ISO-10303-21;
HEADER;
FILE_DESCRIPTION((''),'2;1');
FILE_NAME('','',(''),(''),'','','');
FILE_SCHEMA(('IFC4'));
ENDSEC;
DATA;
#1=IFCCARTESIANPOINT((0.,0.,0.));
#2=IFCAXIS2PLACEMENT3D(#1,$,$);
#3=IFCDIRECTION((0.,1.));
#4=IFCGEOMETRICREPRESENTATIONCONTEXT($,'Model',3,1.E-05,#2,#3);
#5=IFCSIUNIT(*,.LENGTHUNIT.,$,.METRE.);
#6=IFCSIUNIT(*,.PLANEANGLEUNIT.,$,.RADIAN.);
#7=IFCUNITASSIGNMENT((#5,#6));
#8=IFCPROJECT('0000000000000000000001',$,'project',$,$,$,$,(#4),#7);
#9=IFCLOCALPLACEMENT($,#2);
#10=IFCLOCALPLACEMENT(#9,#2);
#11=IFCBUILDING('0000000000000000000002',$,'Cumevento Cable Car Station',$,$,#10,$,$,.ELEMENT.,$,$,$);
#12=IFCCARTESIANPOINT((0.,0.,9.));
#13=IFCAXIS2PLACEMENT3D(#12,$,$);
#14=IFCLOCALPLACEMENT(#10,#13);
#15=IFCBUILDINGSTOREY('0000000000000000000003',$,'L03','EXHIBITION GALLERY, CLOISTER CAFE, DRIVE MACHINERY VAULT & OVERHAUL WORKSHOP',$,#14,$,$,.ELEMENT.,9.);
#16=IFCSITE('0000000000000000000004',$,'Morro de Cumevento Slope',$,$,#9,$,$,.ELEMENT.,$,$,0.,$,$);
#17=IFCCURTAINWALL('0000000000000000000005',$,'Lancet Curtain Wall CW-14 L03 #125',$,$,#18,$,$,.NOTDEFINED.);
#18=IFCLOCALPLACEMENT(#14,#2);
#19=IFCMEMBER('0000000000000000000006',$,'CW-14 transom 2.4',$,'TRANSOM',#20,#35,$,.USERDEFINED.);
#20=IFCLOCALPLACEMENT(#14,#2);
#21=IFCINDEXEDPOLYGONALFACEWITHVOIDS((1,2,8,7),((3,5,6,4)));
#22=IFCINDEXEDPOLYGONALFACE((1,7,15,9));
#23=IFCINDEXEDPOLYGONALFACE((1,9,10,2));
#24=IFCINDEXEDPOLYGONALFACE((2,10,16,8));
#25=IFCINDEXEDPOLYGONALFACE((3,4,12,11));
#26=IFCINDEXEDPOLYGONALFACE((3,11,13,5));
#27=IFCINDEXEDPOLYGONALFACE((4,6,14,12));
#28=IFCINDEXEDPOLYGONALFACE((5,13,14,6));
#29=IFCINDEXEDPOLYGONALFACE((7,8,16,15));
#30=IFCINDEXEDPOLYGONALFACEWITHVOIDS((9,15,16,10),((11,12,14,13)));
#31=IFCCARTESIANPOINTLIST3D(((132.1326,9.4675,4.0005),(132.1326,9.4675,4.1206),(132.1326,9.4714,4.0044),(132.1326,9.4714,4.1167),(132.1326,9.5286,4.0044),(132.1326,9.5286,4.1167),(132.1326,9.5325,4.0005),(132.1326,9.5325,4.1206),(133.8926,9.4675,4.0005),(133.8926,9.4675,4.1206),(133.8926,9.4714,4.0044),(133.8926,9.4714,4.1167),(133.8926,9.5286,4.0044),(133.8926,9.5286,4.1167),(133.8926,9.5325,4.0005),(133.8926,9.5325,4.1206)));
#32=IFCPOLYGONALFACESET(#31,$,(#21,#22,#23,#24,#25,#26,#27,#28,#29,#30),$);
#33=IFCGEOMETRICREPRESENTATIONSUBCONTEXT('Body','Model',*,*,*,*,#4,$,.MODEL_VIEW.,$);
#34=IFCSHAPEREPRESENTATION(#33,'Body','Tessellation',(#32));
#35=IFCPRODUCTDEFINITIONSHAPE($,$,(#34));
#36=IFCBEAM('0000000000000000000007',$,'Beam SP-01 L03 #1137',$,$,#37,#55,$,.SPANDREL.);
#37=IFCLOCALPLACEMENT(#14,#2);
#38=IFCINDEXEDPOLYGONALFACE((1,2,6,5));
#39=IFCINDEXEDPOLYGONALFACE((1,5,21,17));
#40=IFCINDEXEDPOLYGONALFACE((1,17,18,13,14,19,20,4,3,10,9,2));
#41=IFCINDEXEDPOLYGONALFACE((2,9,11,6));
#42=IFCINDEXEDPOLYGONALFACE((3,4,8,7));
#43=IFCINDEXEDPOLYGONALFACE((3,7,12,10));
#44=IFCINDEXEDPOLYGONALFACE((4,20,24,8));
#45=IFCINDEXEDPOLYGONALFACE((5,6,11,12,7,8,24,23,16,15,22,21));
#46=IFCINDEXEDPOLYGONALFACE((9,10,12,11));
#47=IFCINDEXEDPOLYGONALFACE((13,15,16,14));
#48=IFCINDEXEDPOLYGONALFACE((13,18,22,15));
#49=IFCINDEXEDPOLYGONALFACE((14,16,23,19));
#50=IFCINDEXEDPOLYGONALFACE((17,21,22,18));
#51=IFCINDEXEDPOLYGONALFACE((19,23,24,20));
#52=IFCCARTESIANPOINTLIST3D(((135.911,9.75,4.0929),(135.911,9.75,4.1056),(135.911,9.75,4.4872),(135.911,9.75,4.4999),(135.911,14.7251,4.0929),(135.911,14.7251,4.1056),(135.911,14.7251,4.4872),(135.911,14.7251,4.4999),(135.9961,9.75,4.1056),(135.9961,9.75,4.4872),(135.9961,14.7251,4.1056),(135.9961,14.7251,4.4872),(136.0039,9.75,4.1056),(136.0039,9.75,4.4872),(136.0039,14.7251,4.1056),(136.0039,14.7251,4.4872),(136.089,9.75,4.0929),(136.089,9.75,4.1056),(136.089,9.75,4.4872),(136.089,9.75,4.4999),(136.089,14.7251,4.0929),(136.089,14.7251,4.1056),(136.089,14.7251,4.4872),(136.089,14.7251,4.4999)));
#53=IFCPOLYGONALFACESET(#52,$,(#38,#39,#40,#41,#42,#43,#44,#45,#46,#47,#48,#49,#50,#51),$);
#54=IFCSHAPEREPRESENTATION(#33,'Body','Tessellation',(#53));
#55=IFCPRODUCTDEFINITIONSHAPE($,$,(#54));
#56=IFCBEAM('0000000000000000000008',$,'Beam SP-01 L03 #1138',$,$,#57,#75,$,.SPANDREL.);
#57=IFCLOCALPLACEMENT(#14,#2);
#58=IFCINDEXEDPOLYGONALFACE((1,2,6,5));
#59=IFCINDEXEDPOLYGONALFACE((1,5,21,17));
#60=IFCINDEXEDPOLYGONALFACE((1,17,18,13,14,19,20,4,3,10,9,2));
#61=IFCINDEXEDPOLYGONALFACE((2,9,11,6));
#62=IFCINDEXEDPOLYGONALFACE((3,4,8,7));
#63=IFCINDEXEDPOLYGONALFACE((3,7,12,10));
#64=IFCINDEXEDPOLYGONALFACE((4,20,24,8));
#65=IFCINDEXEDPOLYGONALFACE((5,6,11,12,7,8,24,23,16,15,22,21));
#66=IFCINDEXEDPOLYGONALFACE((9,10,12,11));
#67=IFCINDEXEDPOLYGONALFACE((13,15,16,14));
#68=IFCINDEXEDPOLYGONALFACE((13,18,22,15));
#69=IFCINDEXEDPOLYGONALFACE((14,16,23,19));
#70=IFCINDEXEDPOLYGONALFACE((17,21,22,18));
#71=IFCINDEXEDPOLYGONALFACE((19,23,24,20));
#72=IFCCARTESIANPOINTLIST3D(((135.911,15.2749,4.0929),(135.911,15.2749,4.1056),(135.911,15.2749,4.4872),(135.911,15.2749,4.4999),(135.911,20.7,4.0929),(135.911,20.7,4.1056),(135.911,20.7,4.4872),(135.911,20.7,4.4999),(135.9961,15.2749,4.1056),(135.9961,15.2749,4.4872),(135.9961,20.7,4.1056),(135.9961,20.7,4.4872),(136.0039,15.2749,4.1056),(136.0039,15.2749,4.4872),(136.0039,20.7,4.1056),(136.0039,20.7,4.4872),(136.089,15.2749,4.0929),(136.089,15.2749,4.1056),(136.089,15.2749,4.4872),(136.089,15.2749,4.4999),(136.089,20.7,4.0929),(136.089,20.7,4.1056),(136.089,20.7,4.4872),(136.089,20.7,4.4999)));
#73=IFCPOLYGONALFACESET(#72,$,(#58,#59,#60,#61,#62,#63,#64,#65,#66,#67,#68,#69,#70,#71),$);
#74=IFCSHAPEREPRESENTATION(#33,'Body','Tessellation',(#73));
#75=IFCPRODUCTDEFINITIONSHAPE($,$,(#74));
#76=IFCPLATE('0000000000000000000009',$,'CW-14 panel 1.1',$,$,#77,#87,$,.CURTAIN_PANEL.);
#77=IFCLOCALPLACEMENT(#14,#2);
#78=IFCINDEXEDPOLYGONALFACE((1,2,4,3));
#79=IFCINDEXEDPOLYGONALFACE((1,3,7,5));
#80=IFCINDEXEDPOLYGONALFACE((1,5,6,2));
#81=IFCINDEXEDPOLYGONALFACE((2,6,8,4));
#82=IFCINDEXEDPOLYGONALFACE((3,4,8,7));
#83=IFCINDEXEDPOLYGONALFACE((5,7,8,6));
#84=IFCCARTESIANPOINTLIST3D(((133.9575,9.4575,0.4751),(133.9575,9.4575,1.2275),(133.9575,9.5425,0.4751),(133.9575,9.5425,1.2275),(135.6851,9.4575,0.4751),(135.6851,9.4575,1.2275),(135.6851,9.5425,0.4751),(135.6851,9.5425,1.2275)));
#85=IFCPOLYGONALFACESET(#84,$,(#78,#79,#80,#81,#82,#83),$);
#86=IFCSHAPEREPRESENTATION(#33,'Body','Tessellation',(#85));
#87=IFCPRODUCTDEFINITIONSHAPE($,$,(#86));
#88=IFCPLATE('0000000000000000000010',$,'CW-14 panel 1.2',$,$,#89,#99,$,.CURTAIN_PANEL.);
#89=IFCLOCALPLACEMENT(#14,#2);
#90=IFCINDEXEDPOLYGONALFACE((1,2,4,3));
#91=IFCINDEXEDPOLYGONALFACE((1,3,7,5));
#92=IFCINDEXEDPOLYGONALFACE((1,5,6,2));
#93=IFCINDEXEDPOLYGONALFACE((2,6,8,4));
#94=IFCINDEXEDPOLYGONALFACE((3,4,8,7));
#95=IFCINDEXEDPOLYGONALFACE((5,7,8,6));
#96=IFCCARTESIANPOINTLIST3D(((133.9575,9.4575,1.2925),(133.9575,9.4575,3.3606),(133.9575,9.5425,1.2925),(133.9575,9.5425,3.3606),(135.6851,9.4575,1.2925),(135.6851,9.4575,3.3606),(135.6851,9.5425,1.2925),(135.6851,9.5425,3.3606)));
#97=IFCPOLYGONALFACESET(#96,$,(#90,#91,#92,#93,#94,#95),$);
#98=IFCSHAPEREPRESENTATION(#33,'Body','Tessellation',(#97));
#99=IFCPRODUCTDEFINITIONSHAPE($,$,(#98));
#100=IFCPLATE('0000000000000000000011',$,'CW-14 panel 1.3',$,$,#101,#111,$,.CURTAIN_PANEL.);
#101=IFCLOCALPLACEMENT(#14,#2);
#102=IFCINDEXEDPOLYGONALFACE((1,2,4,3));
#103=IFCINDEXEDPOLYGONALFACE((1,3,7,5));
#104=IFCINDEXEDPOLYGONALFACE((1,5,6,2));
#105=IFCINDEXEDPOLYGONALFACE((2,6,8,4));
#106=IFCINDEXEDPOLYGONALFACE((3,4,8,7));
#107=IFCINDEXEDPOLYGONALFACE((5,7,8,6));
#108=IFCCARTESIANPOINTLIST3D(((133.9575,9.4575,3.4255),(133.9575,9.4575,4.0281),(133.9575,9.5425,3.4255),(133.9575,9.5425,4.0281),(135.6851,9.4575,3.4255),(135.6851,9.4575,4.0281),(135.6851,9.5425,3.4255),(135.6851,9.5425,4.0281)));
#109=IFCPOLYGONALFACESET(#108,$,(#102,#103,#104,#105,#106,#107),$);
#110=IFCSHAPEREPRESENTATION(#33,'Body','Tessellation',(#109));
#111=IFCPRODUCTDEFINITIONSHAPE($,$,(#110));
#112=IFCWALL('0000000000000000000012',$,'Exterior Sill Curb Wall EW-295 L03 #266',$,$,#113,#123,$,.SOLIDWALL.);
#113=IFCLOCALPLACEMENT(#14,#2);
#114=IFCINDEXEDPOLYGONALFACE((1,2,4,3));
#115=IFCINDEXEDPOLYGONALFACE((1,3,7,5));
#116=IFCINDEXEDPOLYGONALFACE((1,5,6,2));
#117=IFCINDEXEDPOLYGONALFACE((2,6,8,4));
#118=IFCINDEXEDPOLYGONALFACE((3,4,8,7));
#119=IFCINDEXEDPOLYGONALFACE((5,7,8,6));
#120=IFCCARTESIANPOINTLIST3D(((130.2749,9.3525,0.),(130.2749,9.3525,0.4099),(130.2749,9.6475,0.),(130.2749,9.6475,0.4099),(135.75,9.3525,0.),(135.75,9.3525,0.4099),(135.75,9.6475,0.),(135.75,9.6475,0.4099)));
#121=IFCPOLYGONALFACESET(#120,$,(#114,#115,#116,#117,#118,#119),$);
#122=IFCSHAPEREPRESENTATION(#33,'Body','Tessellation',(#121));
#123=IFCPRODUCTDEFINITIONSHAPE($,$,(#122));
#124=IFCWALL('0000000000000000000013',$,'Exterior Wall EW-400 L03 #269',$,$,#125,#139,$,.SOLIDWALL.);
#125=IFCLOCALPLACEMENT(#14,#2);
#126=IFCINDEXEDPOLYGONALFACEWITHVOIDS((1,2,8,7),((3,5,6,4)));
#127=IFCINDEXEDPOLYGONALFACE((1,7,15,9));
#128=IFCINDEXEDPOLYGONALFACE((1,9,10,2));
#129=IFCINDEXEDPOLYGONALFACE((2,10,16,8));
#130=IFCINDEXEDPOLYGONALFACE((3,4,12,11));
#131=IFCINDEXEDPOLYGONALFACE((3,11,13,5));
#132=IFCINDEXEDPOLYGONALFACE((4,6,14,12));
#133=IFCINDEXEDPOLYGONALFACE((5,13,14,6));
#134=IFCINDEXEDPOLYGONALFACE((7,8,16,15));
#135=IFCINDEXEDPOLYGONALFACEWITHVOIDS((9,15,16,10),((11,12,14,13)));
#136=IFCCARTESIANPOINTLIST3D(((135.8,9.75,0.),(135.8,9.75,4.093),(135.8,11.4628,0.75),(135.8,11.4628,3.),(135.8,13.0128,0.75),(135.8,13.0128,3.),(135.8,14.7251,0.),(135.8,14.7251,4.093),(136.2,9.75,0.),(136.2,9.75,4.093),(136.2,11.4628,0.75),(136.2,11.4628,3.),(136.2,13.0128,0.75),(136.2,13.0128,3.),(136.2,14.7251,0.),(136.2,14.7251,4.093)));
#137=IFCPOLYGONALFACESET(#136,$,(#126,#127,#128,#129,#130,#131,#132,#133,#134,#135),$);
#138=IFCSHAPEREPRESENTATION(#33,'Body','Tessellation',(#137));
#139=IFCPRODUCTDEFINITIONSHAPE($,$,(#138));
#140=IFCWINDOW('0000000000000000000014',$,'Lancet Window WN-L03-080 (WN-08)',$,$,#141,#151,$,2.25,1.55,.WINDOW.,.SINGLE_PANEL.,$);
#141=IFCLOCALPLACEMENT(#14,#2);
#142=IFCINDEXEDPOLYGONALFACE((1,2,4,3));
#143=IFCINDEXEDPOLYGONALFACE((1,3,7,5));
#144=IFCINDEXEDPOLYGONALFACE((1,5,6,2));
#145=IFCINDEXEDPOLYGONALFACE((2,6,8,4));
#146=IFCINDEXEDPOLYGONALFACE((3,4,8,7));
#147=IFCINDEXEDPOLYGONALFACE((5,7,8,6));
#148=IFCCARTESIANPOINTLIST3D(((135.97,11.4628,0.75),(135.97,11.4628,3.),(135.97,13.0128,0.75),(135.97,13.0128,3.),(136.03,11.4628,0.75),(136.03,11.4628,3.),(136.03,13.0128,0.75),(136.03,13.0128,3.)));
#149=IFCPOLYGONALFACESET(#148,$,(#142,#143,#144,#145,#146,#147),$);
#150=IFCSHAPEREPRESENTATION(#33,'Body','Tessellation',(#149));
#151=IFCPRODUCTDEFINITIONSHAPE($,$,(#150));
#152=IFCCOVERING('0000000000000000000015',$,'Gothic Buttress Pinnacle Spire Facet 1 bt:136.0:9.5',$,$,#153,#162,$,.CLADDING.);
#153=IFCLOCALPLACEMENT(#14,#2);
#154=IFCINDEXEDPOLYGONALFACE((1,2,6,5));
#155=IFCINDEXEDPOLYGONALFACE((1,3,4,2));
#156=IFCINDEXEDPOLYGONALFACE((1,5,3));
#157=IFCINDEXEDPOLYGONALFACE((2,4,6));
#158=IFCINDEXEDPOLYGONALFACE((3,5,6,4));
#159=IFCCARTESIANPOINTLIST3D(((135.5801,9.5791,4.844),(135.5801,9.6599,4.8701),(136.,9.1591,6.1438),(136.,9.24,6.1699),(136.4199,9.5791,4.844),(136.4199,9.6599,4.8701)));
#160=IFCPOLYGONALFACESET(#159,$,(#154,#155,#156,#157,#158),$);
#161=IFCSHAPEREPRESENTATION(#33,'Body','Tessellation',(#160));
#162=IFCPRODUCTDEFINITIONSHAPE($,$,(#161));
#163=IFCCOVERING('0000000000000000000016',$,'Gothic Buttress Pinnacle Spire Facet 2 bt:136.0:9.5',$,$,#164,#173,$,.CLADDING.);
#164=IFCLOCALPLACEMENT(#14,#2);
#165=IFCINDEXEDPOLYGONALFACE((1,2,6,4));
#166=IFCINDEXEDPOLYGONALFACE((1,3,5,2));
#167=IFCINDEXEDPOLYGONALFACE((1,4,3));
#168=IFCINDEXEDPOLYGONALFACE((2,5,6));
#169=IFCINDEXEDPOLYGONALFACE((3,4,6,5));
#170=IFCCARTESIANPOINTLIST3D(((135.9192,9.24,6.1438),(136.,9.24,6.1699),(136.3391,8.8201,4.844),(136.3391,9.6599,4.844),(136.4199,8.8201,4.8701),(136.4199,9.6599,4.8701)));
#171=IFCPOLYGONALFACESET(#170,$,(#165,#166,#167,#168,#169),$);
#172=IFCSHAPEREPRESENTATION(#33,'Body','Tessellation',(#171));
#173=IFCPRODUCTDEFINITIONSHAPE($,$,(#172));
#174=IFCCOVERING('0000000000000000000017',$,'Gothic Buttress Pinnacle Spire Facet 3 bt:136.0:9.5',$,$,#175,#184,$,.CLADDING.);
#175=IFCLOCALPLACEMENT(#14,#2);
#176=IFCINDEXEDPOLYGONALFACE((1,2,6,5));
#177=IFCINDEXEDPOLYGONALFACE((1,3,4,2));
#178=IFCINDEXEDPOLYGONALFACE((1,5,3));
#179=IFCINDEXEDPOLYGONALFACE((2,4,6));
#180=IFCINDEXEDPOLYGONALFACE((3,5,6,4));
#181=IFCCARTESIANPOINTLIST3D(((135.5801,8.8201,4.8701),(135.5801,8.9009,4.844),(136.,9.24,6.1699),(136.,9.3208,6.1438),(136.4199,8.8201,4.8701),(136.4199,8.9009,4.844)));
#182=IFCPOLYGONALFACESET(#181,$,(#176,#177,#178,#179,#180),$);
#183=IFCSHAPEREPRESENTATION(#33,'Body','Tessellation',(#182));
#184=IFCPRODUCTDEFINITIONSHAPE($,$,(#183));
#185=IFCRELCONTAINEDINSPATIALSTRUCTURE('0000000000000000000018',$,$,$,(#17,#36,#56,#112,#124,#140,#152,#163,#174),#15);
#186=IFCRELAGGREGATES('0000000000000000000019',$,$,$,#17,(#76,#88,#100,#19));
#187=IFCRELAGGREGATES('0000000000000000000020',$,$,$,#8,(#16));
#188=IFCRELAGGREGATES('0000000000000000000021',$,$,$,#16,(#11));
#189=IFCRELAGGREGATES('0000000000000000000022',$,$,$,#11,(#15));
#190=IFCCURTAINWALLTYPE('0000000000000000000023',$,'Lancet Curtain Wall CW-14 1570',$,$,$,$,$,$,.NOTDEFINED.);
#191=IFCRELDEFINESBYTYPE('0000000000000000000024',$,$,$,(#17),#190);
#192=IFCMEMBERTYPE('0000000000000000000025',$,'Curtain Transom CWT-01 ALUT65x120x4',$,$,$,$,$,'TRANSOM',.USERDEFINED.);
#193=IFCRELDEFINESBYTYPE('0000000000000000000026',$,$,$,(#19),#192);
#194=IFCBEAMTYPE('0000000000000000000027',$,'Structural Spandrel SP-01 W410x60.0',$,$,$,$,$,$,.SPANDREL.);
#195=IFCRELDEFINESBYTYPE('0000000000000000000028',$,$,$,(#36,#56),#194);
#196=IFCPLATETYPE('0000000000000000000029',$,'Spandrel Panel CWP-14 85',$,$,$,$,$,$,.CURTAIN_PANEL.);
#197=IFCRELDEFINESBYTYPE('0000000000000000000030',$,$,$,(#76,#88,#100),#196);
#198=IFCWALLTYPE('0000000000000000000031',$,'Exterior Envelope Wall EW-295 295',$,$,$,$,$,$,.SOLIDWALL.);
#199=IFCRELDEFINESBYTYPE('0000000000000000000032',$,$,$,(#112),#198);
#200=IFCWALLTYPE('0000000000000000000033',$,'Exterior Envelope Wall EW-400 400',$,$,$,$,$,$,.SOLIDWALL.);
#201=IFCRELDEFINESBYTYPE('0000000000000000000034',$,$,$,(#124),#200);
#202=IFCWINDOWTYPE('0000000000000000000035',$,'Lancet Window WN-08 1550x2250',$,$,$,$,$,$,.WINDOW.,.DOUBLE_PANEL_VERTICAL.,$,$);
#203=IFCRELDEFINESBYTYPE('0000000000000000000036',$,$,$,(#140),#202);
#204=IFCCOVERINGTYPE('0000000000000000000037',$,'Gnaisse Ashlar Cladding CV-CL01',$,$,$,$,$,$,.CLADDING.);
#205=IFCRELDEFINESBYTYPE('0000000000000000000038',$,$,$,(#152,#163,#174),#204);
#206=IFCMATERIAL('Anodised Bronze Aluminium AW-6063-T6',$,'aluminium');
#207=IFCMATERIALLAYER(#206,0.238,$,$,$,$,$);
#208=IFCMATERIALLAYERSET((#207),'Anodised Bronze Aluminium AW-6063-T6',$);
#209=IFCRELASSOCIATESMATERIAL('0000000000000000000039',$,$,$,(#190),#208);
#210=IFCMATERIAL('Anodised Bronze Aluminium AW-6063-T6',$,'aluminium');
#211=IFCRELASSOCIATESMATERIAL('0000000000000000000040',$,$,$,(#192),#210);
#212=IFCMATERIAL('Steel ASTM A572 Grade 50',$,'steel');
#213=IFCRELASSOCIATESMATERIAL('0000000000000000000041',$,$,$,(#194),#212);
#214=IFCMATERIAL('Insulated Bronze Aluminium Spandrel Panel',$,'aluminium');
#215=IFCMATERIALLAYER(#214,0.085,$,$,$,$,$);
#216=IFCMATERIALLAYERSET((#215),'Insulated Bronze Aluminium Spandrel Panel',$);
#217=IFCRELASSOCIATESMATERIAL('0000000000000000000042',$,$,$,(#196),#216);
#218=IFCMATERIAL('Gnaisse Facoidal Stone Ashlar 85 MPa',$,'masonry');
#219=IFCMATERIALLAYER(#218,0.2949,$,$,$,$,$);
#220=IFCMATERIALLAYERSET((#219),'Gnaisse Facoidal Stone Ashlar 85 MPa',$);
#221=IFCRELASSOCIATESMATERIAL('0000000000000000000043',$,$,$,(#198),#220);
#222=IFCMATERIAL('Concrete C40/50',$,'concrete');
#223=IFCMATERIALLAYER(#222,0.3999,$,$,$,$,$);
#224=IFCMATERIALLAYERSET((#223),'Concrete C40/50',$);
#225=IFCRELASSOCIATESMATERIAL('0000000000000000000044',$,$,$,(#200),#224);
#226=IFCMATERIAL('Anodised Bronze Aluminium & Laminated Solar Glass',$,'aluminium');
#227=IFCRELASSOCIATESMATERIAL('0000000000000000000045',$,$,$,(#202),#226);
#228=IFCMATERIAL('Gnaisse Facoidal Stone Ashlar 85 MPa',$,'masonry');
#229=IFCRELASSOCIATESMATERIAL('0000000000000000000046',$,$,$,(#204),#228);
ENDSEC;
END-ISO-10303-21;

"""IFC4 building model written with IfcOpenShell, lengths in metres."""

from ifc_helpers import new_model, si_unit, direction, frame, frame_2d, origin, origin_2d, place, context, subcontext, project, spatial, polyline, rectangle, hollow_rectangle, i_section, outline, extrude, material, layer, layer_set, material_profile, profile_set, type_object, element, fill, aggregate, save


model = new_model("IFC4")

# Units and contexts
model_context = context("Model", 3, precision=1e-05, world=origin(), true_north=direction((0.0, 1.0)))
body_context = subcontext(model_context, "Body", "Model", "MODEL_VIEW")
ifc_project = project(units=[si_unit("LENGTHUNIT", "METRE"), si_unit("PLANEANGLEUNIT", "RADIAN")], contexts=[model_context])

# Site, building, storey
site_placement = place(None, origin())
site = spatial("IfcSite", under=ifc_project, at=site_placement, Name="Morro de Cumevento Slope", CompositionType="ELEMENT", RefElevation=0.0)
building_placement = place(site_placement, origin())
building = spatial("IfcBuilding", under=site, at=building_placement, Name="Cumevento Cable Car Station", CompositionType="ELEMENT")
storey_placement = place(building_placement, frame((0.0, 0.0, 9.0)))
storey = spatial("IfcBuildingStorey", under=building, at=storey_placement, Name="L03", Description="EXHIBITION GALLERY, CLOISTER CAFE, DRIVE MACHINERY VAULT & OVERHAUL WORKSHOP", CompositionType="ELEMENT", Elevation=9.0)

# Curtain wall, member
ifc_material_1 = material(Name="Anodised Bronze Aluminium AW-6063-T6", Category="aluminium")
ifc_layer_1 = layer(ifc_material_1, 0.238)
ifc_layer_set_1 = layer_set([ifc_layer_1], Name="Anodised Bronze Aluminium AW-6063-T6")
curtain_wall_type = type_object("IfcCurtainWallType", Name="Lancet Curtain Wall CW-14 1570", PredefinedType="NOTDEFINED", material=ifc_layer_set_1)
curtain_wall_placement = place(storey_placement, origin())
curtain_wall = element("IfcCurtainWall", 1, at=curtain_wall_placement, inside=storey, type_object=curtain_wall_type, Name="Lancet Curtain Wall CW-14 L03 #125", PredefinedType="NOTDEFINED")
ifc_material_2 = material(Name="Anodised Bronze Aluminium AW-6063-T6", Category="aluminium")
ifc_material_profile_1 = material_profile(ifc_material_2, hollow_rectangle(XDim=0.0649, YDim=0.1201, WallThickness=0.0039, at=origin_2d()), Name="ALUT65x120x4")
ifc_profile_set_1 = profile_set([ifc_material_profile_1], Name="Anodised Bronze Aluminium AW-6063-T6")
member_type_1 = type_object("IfcMemberType", Name="Curtain Transom CWT-01 ALUT65x120x4", ElementType="TRANSOM", PredefinedType="USERDEFINED", material=ifc_profile_set_1)
member_1_placement = place(storey_placement, frame((133.8926, 9.5, 4.0605), z_axis=(-1.0, 0.0, 0.0), x_axis=(0.0, -1.0, 0.0)))
member_1 = element("IfcMember", 2, at=member_1_placement, type_object=member_type_1, Name="CW-14 transom 2.4", ObjectType="TRANSOM", PredefinedType="USERDEFINED", context=body_context, shape_type="SweptSolid", body=[
    extrude(hollow_rectangle(XDim=0.0649, YDim=0.1201, WallThickness=0.0039, at=origin_2d()), origin(), (0.0, 0.0, 1.0), 1.76),
])

# Beams
ifc_material_3 = material(Name="Steel ASTM A572 Grade 50", Category="steel")
ifc_material_profile_2 = material_profile(ifc_material_3, i_section(OverallWidth=0.178, OverallDepth=0.407, WebThickness=0.0078, FlangeThickness=0.0127, at=origin_2d()), Name="W410x60.0")
ifc_profile_set_2 = profile_set([ifc_material_profile_2], Name="Steel ASTM A572 Grade 50")
beam_type = type_object("IfcBeamType", Name="Structural Spandrel SP-01 W410x60.0", PredefinedType="SPANDREL", material=ifc_profile_set_2)
beam_1_placement = place(storey_placement, frame((136.0, 9.75, 4.2964), z_axis=(0.0, 1.0, 0.0), x_axis=(-1.0, 0.0, 0.0)))
element("IfcBeam", 3, at=beam_1_placement, inside=storey, type_object=beam_type, Name="Beam SP-01 L03 #1137", PredefinedType="SPANDREL", context=body_context, shape_type="SweptSolid", body=[
    extrude(i_section(OverallWidth=0.178, OverallDepth=0.407, WebThickness=0.0078, FlangeThickness=0.0127, at=origin_2d()), origin(), (0.0, 0.0, 1.0), 4.9751),
])
beam_2_placement = place(storey_placement, frame((136.0, 15.2749, 4.2964), z_axis=(0.0, 1.0, 0.0), x_axis=(-1.0, 0.0, 0.0)))
element("IfcBeam", 4, at=beam_2_placement, inside=storey, type_object=beam_type, Name="Beam SP-01 L03 #1138", PredefinedType="SPANDREL", context=body_context, shape_type="SweptSolid", body=[
    extrude(i_section(OverallWidth=0.178, OverallDepth=0.407, WebThickness=0.0078, FlangeThickness=0.0127, at=origin_2d()), origin(), (0.0, 0.0, 1.0), 5.425),
])

# Plates
ifc_material_4 = material(Name="Insulated Bronze Aluminium Spandrel Panel", Category="aluminium")
ifc_layer_2 = layer(ifc_material_4, 0.085)
ifc_layer_set_2 = layer_set([ifc_layer_2], Name="Insulated Bronze Aluminium Spandrel Panel")
plate_type = type_object("IfcPlateType", Name="Spandrel Panel CWP-14 85", PredefinedType="CURTAIN_PANEL", material=ifc_layer_set_2)
plate_1_placement = place(storey_placement, frame((134.8213, 9.5, 0.4751), z_axis=(0.0, 0.0, 1.0), x_axis=(-1.0, 0.0, 0.0)))
plate_1 = element("IfcPlate", 5, at=plate_1_placement, type_object=plate_type, Name="CW-14 panel 1.1", PredefinedType="CURTAIN_PANEL", context=body_context, shape_type="SweptSolid", body=[
    extrude(rectangle(XDim=1.7275, YDim=0.085, at=origin_2d()), origin(), (0.0, 0.0, 1.0), 0.7524),
])
plate_2_placement = place(storey_placement, frame((134.8213, 9.5, 1.2925), z_axis=(0.0, 0.0, 1.0), x_axis=(-1.0, 0.0, 0.0)))
plate_2 = element("IfcPlate", 6, at=plate_2_placement, type_object=plate_type, Name="CW-14 panel 1.2", PredefinedType="CURTAIN_PANEL", context=body_context, shape_type="SweptSolid", body=[
    extrude(rectangle(XDim=1.7275, YDim=0.085, at=origin_2d()), origin(), (0.0, 0.0, 1.0), 2.0681),
])
plate_3_placement = place(storey_placement, frame((134.8213, 9.5, 3.4255), z_axis=(0.0, 0.0, 1.0), x_axis=(-1.0, 0.0, 0.0)))
plate_3 = element("IfcPlate", 7, at=plate_3_placement, type_object=plate_type, Name="CW-14 panel 1.3", PredefinedType="CURTAIN_PANEL", context=body_context, shape_type="SweptSolid", body=[
    extrude(rectangle(XDim=1.7275, YDim=0.085, at=origin_2d()), origin(), (0.0, 0.0, 1.0), 0.6025),
])
aggregate(curtain_wall, [plate_1, plate_2, plate_3, member_1])

# Wall
ifc_material_5 = material(Name="Gnaisse Facoidal Stone Ashlar 85 MPa", Category="masonry")
ifc_layer_3 = layer(ifc_material_5, 0.2949)
ifc_layer_set_3 = layer_set([ifc_layer_3], Name="Gnaisse Facoidal Stone Ashlar 85 MPa")
wall_type_1 = type_object("IfcWallType", Name="Exterior Envelope Wall EW-295 295", PredefinedType="SOLIDWALL", material=ifc_layer_set_3)
wall_1_placement = place(storey_placement, frame((135.75, 9.5, 0.0), z_axis=(0.0, 0.0, 1.0), x_axis=(-1.0, 0.0, 0.0)))
element("IfcWall", 8, at=wall_1_placement, inside=storey, type_object=wall_type_1, Name="Exterior Sill Curb Wall EW-295 L03 #266", PredefinedType="SOLIDWALL", context=body_context, shape_type="SweptSolid", body=[
    extrude(rectangle(XDim=5.4751, YDim=0.2949, at=frame_2d((2.7375, 0.0))), origin(), (0.0, 0.0, 1.0), 0.4099),
])

# Wall, opening, window
ifc_material_6 = material(Name="Concrete C40/50", Category="concrete")
ifc_layer_4 = layer(ifc_material_6, 0.3999)
ifc_layer_set_4 = layer_set([ifc_layer_4], Name="Concrete C40/50")
wall_type_2 = type_object("IfcWallType", Name="Exterior Envelope Wall EW-400 400", PredefinedType="SOLIDWALL", material=ifc_layer_set_4)
wall_2_placement = place(storey_placement, frame((136.0, 14.7251, 0.0), z_axis=(0.0, 0.0, 1.0), x_axis=(0.0, -1.0, 0.0)))
wall_2 = element("IfcWall", 9, at=wall_2_placement, inside=storey, type_object=wall_type_2, Name="Exterior Wall EW-400 L03 #269", PredefinedType="SOLIDWALL", context=body_context, shape_type="SweptSolid", body=[
    extrude(rectangle(XDim=4.9751, YDim=0.3999, at=frame_2d((2.4875, 0.0))), origin(), (0.0, 0.0, 1.0), 4.093),
])
opening_placement = place(wall_2_placement, frame((1.7124, 0.0, 0.75)))
opening = element("IfcOpeningElement", 10, at=opening_placement, cuts=wall_2, PredefinedType="OPENING", context=body_context, shape_type="SweptSolid", body=[
    extrude(rectangle(XDim=1.55, YDim=2.25, at=frame_2d((0.7749, 1.125))), frame((0.0, 0.21, 0.0), z_axis=(0.0, -1.0, 0.0), x_axis=(1.0, 0.0, 0.0)), (0.0, 0.0, 1.0), 0.4199),
])
ifc_material_7 = material(Name="Anodised Bronze Aluminium & Laminated Solar Glass", Category="aluminium")
window_type = type_object("IfcWindowType", Name="Lancet Window WN-08 1550x2250", PartitioningType="DOUBLE_PANEL_VERTICAL", PredefinedType="WINDOW", material=ifc_material_7)
window_placement = place(opening_placement, origin())
window = element("IfcWindow", 11, at=window_placement, inside=storey, type_object=window_type, Name="Lancet Window WN-L03-080 (WN-08)", OverallHeight=2.25, OverallWidth=1.55, PartitioningType="SINGLE_PANEL", PredefinedType="WINDOW", context=body_context, shape_type="SweptSolid", body=[
    extrude(rectangle(XDim=1.55, YDim=2.25, at=frame_2d((0.7749, 1.125))), frame((0.0, 0.03, 0.0), z_axis=(0.0, -1.0, 0.0), x_axis=(1.0, 0.0, 0.0)), (0.0, 0.0, 1.0), 0.0601),
])
fill(opening, window)

# Coverings
ifc_material_8 = material(Name="Gnaisse Facoidal Stone Ashlar 85 MPa", Category="masonry")
covering_type = type_object("IfcCoveringType", Name="Gnaisse Ashlar Cladding CV-CL01", PredefinedType="CLADDING", material=ifc_material_8)
for number, where, z_axis, x_axis, name in (
    (12, (135.5801, 9.6599, 4.8701), (0.0, 0.951574, 0.307421), (1.0, 0.0, 0.0), "Gothic Buttress Pinnacle Spire Facet 1 bt:136.0:9.5"),
    (13, (136.4199, 9.6599, 4.8701), (0.951574, 0.0, 0.307421), (0.0, -1.0, 0.0), "Gothic Buttress Pinnacle Spire Facet 2 bt:136.0:9.5"),
    (14, (136.4199, 8.8201, 4.8701), (0.0, -0.951574, 0.307421), (-1.0, 0.0, 0.0), "Gothic Buttress Pinnacle Spire Facet 3 bt:136.0:9.5"),
):
    element("IfcCovering", number, at=place(storey_placement, frame(where, z_axis=z_axis, x_axis=x_axis)), inside=storey, type_object=covering_type, Name=name, PredefinedType="CLADDING", context=body_context, shape_type="SweptSolid", body=[
        extrude(outline(polyline([(0.0, 0.0), (0.8398, 0.0), (0.4199, -1.366), (0.0, 0.0)])), origin(), (0.0, 0.0, -1.0), 0.085),
    ])

save(model, "model.ifc")
